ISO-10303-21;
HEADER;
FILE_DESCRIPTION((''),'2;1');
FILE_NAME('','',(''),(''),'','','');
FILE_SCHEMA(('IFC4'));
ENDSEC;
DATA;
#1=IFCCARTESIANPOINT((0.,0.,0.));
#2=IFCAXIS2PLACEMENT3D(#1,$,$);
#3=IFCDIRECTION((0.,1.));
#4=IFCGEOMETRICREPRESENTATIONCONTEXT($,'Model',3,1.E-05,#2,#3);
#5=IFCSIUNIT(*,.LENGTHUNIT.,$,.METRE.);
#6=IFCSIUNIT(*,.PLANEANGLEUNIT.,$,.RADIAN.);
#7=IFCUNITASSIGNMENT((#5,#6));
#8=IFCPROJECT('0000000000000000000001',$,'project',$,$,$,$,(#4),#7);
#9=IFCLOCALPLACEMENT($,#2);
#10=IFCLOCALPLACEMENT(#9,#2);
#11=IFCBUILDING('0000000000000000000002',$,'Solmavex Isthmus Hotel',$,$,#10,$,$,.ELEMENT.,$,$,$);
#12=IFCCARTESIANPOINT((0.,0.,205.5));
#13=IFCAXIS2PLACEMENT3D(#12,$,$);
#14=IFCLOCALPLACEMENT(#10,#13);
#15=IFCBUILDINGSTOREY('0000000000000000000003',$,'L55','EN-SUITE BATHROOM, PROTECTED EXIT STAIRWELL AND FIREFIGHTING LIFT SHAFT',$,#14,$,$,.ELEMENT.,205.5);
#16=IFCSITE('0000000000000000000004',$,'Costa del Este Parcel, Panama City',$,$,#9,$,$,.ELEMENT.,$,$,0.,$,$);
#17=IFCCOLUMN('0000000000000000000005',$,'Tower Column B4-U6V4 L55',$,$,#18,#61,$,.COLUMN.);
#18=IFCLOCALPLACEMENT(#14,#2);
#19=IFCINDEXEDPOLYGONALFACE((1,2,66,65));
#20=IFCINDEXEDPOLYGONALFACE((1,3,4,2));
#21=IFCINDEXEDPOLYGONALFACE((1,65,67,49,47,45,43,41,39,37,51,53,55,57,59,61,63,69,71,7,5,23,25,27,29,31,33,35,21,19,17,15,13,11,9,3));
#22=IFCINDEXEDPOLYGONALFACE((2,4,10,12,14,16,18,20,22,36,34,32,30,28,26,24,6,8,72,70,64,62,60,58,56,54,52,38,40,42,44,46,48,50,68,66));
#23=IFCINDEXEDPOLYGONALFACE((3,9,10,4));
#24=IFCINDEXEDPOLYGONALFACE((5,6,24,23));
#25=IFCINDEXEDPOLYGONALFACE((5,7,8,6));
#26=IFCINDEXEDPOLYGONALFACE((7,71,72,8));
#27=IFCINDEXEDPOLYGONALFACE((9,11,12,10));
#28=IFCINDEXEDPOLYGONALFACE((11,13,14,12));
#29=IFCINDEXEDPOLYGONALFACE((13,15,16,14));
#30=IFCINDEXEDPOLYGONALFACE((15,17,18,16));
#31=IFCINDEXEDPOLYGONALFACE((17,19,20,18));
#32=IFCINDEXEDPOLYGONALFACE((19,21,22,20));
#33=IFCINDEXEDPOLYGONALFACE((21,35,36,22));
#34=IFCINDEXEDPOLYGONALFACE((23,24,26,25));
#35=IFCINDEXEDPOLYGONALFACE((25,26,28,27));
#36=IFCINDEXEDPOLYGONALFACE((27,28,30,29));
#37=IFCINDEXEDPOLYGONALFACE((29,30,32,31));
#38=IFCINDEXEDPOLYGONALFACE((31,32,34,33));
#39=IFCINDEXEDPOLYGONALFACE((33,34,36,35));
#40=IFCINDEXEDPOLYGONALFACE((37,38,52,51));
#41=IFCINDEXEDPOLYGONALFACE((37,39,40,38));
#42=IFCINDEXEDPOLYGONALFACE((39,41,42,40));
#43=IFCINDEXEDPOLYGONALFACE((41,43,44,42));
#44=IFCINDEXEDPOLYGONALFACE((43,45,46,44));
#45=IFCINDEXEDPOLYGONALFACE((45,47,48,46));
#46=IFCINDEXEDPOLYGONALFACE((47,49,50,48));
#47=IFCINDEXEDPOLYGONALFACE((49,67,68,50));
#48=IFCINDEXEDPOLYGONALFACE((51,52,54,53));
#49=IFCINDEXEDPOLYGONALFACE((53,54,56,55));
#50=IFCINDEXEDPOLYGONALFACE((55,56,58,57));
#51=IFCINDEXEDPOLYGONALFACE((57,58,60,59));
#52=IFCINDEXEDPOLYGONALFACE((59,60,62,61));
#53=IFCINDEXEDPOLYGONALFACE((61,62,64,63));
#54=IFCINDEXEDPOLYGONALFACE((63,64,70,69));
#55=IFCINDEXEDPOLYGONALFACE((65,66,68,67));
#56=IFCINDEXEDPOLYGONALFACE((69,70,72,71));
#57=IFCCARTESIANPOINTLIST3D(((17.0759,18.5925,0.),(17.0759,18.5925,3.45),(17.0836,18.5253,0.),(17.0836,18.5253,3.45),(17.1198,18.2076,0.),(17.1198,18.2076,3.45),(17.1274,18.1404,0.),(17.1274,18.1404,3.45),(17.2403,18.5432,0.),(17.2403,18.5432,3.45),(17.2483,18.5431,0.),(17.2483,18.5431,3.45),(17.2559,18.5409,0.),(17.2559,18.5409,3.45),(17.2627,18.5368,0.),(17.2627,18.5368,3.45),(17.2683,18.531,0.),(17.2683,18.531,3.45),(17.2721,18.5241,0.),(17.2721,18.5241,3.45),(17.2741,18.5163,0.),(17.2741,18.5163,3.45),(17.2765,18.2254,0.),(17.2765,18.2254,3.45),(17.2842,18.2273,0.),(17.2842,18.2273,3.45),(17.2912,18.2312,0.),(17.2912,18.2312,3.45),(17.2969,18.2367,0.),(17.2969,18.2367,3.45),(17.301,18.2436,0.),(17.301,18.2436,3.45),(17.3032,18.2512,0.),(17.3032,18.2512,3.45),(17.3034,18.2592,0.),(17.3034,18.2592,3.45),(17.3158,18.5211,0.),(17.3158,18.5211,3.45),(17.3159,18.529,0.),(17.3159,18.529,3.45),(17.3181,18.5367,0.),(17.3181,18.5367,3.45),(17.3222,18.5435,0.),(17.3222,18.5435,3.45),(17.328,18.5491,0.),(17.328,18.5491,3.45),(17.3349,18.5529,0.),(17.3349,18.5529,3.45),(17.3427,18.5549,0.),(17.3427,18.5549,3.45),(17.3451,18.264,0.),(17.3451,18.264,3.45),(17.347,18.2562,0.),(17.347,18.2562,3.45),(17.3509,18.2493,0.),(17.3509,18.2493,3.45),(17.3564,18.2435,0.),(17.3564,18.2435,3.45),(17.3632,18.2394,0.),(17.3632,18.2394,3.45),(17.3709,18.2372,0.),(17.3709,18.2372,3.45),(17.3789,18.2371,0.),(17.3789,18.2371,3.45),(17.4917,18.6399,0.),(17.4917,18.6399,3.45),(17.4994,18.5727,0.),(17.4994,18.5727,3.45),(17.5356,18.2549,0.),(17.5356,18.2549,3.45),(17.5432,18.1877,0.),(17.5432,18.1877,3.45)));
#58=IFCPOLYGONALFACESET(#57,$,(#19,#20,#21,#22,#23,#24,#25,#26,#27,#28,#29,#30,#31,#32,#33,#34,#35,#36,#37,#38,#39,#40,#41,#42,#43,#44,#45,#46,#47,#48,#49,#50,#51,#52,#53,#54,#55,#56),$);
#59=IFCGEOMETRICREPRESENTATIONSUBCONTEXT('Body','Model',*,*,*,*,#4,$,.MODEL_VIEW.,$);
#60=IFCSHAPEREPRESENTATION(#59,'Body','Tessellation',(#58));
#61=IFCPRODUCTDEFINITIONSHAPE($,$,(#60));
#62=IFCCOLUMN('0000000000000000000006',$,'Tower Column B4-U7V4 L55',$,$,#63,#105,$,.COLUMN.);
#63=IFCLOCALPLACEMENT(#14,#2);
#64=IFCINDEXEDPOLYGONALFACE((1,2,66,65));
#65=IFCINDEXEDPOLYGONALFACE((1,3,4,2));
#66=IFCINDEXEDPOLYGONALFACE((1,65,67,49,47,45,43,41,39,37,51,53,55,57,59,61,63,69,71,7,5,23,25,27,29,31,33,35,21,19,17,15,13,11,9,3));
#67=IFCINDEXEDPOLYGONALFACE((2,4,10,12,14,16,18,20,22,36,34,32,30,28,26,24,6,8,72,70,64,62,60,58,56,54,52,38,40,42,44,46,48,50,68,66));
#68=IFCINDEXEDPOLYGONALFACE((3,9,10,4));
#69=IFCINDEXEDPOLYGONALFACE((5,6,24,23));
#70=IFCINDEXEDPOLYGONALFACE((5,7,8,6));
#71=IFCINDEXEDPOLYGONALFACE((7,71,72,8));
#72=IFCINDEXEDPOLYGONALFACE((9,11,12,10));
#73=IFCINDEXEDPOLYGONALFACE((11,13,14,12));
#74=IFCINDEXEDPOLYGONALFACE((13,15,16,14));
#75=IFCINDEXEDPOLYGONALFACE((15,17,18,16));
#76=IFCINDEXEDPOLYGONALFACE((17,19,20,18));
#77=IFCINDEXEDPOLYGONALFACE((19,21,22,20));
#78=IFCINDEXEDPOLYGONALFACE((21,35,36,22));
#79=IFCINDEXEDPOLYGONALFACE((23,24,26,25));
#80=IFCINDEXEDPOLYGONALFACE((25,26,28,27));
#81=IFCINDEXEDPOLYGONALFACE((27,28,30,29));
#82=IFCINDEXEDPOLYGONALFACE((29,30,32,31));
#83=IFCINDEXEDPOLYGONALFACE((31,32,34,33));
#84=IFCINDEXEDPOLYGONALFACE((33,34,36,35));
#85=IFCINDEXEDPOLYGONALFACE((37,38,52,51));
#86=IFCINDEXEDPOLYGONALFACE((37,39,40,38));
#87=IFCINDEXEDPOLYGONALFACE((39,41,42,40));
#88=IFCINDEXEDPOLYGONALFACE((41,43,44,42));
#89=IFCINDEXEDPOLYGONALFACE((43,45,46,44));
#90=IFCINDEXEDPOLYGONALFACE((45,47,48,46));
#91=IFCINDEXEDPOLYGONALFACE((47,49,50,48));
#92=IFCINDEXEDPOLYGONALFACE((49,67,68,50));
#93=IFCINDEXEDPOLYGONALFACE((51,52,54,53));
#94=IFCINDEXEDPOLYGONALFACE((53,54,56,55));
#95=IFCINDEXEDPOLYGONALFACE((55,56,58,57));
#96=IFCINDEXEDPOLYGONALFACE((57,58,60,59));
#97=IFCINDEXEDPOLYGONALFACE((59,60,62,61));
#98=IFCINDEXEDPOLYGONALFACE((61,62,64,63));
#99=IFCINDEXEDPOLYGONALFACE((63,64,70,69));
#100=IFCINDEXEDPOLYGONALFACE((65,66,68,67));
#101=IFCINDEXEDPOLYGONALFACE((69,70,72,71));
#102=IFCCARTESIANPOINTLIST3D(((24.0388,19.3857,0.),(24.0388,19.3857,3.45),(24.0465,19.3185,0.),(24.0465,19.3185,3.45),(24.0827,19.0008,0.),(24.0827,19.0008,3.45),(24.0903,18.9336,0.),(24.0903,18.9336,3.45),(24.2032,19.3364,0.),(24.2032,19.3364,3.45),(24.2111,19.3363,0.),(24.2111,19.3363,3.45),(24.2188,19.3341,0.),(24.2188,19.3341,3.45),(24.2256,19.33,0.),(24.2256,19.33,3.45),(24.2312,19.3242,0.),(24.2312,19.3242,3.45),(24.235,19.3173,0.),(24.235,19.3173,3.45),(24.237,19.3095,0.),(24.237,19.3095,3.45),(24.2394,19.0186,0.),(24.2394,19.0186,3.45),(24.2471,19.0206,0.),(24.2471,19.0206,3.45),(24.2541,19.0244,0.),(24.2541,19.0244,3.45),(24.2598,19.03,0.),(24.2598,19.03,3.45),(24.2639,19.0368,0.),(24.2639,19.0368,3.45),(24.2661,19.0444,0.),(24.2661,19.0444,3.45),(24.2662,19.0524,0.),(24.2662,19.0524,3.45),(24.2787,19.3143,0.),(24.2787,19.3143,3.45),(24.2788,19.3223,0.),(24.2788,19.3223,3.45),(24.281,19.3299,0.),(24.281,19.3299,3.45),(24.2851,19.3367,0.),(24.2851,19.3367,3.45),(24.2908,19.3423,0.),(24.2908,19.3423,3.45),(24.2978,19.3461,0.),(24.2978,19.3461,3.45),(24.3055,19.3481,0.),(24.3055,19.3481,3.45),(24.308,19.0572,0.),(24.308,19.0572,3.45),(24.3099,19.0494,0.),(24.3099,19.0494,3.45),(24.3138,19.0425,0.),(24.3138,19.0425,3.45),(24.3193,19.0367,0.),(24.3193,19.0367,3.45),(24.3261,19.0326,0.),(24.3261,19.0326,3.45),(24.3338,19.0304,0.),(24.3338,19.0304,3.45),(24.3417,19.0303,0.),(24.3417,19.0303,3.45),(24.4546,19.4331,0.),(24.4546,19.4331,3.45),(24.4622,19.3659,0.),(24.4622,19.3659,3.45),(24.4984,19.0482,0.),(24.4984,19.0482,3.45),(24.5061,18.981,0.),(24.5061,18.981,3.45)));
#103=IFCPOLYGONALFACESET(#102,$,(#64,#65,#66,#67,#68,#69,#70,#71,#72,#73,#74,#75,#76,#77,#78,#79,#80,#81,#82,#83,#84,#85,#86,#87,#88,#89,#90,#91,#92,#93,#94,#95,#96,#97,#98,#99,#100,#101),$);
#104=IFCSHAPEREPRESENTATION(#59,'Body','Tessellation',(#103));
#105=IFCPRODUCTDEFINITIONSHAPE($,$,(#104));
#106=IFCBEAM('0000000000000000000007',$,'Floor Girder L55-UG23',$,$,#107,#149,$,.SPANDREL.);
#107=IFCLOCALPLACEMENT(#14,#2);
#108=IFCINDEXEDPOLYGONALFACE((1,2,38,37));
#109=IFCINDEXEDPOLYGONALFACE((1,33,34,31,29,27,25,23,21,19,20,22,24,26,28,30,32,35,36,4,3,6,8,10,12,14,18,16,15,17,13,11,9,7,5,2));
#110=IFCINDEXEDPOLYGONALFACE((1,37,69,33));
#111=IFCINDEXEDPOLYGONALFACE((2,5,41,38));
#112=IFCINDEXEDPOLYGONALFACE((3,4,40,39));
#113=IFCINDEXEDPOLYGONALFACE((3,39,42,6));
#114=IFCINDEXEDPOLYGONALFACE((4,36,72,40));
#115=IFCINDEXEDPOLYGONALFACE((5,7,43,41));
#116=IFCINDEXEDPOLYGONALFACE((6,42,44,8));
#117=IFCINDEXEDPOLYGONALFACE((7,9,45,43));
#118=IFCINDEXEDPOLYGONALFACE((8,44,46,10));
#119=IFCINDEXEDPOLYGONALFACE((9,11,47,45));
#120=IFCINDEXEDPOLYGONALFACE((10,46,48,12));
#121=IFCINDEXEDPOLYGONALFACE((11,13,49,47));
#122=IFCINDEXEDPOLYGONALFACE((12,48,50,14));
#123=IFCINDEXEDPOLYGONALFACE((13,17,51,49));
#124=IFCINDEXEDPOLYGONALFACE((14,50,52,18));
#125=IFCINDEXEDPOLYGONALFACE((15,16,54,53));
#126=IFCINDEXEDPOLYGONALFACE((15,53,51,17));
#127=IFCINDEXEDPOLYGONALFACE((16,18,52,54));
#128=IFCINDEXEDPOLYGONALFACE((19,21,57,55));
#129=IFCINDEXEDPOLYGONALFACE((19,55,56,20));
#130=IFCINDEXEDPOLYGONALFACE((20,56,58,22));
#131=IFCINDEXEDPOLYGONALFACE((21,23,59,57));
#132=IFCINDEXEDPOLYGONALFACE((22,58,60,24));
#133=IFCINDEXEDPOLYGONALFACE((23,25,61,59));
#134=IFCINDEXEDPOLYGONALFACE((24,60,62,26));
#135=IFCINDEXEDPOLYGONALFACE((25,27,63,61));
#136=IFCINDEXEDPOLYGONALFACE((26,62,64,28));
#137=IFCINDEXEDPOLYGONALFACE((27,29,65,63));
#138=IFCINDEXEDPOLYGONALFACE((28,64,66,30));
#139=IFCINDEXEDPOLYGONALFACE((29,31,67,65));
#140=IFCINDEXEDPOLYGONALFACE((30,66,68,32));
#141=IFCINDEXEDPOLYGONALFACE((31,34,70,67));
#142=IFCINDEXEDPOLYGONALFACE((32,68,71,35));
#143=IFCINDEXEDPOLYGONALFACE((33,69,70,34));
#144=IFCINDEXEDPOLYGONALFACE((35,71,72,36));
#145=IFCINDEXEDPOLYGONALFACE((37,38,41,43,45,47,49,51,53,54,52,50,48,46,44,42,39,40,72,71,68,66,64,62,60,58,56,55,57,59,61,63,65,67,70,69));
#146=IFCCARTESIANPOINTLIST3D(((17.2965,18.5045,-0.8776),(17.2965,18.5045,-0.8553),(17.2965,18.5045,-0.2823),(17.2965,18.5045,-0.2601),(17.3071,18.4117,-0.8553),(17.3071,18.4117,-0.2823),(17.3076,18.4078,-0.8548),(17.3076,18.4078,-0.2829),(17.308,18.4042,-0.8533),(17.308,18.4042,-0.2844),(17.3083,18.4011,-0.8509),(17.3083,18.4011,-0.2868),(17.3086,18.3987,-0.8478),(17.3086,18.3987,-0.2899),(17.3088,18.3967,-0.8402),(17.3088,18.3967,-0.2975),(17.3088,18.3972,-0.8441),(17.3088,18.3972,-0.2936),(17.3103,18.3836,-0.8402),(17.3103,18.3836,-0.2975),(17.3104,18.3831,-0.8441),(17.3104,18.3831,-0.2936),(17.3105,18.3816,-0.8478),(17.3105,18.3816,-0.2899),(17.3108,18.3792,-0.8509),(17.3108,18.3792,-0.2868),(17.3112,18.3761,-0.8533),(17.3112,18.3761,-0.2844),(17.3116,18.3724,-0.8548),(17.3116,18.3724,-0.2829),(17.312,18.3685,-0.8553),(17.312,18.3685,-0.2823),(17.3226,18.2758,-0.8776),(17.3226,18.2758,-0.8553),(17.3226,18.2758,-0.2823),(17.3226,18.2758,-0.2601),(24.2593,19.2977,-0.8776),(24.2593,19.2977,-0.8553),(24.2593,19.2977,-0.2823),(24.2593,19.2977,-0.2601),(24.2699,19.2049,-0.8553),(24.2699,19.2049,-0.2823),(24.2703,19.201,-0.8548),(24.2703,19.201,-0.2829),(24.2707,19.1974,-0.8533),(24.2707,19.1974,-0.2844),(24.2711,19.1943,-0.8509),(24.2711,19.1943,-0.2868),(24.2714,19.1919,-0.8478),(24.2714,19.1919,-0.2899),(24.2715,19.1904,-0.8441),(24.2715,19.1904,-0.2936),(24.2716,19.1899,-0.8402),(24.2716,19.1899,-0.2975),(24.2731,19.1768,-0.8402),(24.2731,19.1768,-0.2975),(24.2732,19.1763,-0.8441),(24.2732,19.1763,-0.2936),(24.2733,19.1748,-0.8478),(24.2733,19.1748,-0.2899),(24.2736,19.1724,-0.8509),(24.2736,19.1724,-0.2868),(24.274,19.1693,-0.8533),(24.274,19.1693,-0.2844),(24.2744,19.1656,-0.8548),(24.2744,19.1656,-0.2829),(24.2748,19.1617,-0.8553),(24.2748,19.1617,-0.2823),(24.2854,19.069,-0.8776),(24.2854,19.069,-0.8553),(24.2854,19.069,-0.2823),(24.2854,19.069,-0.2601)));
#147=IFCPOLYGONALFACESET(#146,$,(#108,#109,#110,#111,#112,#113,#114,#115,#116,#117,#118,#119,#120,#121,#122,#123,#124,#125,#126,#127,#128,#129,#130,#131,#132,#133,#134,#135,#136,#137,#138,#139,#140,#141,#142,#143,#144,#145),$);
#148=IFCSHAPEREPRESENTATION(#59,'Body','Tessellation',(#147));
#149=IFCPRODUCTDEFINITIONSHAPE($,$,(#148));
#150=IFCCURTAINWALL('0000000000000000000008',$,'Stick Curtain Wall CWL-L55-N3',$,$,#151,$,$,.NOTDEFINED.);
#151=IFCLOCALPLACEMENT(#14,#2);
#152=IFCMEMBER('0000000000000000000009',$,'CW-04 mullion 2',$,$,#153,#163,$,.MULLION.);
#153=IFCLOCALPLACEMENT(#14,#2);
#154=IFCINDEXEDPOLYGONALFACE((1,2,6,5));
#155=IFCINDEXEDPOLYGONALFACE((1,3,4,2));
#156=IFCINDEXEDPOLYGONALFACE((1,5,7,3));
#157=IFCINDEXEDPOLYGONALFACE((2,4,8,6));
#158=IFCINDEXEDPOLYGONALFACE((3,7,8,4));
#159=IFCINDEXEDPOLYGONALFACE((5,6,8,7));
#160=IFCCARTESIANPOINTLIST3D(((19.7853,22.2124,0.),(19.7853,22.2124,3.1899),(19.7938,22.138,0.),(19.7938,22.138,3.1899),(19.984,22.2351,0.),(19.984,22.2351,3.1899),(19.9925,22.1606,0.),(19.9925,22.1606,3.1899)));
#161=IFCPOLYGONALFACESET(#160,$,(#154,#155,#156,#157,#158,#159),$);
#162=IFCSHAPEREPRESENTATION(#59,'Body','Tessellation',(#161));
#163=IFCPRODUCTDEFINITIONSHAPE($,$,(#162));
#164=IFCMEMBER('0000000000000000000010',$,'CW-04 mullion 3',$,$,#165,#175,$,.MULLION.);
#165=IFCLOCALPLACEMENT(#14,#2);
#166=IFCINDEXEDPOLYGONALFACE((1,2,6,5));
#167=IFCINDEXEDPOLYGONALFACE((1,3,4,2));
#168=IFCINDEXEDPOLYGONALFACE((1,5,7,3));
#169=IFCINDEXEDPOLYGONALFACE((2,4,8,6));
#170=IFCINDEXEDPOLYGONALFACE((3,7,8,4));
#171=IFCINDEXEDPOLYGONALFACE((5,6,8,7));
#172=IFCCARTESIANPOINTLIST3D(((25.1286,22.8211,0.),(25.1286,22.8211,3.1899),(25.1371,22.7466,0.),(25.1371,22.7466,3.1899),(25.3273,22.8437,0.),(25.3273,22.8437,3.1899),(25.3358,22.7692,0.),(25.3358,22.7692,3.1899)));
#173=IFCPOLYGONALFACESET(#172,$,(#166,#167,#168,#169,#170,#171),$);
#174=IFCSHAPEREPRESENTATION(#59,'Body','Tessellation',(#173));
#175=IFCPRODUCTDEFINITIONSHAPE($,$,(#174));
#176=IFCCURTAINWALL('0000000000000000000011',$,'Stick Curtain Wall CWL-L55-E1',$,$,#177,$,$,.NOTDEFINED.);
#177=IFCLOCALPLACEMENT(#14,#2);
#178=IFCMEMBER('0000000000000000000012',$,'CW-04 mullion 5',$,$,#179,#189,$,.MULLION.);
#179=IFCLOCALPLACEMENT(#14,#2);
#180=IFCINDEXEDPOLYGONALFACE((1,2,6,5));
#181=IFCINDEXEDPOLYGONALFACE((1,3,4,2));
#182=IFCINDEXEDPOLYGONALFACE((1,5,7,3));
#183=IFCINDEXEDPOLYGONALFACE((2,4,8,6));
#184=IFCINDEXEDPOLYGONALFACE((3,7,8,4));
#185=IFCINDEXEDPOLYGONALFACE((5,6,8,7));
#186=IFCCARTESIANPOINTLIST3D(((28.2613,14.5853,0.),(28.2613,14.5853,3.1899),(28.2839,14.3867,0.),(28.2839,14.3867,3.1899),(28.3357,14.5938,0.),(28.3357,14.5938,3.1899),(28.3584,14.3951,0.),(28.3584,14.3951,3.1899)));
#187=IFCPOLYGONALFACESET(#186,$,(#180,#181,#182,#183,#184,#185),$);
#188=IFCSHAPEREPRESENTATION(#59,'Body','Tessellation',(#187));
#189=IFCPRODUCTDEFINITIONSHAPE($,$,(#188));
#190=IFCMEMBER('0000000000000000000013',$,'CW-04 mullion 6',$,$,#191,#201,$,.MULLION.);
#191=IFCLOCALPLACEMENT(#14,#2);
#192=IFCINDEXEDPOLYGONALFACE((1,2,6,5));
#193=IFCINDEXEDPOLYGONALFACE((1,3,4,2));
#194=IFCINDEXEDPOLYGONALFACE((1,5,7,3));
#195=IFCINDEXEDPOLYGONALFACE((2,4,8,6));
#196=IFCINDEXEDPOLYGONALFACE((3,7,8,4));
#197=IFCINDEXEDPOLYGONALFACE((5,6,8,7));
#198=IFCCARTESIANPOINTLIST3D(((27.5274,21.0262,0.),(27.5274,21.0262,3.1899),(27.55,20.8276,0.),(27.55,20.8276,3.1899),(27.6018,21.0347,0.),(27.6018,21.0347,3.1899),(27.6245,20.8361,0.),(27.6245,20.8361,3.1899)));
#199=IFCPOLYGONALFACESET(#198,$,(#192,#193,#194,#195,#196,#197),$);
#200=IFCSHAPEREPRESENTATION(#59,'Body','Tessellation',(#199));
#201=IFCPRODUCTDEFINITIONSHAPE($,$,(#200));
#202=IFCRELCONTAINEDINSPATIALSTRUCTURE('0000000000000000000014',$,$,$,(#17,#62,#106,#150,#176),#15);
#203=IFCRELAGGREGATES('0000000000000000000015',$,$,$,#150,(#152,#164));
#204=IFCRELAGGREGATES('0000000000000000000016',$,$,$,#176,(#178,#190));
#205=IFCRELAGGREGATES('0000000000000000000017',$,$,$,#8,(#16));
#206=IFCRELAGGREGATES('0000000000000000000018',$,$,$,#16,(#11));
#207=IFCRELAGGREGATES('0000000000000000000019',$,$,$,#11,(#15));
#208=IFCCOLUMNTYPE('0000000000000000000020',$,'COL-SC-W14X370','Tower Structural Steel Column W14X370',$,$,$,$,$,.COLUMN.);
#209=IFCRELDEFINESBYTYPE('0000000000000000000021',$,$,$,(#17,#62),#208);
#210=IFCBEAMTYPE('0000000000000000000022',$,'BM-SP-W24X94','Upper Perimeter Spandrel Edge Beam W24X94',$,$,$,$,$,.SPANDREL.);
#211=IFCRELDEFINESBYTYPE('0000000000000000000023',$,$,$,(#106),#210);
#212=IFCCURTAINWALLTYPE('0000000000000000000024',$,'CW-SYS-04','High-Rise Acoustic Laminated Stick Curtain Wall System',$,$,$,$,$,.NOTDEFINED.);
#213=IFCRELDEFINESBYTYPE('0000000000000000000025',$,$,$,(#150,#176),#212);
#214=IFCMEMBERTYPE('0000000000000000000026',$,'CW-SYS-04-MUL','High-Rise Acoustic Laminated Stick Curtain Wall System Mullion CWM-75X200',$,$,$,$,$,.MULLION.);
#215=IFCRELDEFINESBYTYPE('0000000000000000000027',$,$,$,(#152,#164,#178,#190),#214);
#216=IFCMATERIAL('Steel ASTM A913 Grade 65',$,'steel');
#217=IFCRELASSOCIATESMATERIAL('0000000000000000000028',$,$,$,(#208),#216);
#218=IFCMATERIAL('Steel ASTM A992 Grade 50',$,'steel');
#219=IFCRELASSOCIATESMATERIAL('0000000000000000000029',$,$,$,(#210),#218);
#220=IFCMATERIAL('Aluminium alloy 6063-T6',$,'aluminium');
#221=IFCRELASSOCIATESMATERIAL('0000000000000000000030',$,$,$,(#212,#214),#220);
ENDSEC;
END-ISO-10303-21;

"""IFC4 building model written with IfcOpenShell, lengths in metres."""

from ifc_helpers import new_model, si_unit, direction, frame, origin, origin_2d, place, context, subcontext, project, spatial, rectangle, i_section, extrude, material, material_profile, profile_set, type_object, element, aggregate, save


model = new_model("IFC4")

# Units and contexts
model_context = context("Model", 3, precision=1e-05, world=origin(), true_north=direction((0.0, 1.0)))
body_context = subcontext(model_context, "Body", "Model", "MODEL_VIEW")
ifc_project = project(units=[si_unit("LENGTHUNIT", "METRE"), si_unit("PLANEANGLEUNIT", "RADIAN")], contexts=[model_context])

# Site, building, storey
site_placement = place(None, origin())
site = spatial("IfcSite", under=ifc_project, at=site_placement, Name="Costa del Este Parcel, Panama City", CompositionType="ELEMENT", RefElevation=0.0)
building_placement = place(site_placement, origin())
building = spatial("IfcBuilding", under=site, at=building_placement, Name="Solmavex Isthmus Hotel", CompositionType="ELEMENT")
storey_placement = place(building_placement, frame((0.0, 0.0, 205.5)))
storey = spatial("IfcBuildingStorey", under=building, at=storey_placement, Name="L55", Description="EN-SUITE BATHROOM, PROTECTED EXIT STAIRWELL AND FIREFIGHTING LIFT SHAFT", CompositionType="ELEMENT", Elevation=205.5)

# Columns
ifc_material_1 = material(Name="Steel ASTM A913 Grade 65", Category="steel")
ifc_material_profile_1 = material_profile(ifc_material_1, i_section(OverallWidth=0.4185, OverallDepth=0.4551, WebThickness=0.042, FlangeThickness=0.0676, FilletRadius=0.0305, at=origin_2d()), Name="W14X370")
ifc_profile_set_1 = profile_set([ifc_material_profile_1], Name="Steel ASTM A913 Grade 65")
column_type = type_object("IfcColumnType", Name="COL-SC-W14X370", Description="Tower Structural Steel Column W14X370", PredefinedType="COLUMN", material=ifc_profile_set_1)
for number, where, z_axis, x_axis, name in (
    (1, (17.3096, 18.3901, 0.0), (0.0, 0.0, 1.0), (0.993572, 0.113203, 0.0), "Tower Column B4-U6V4 L55"),
    (2, (24.2725, 19.1833, 0.0), (0.0, 0.0, 1.0), (0.993572, 0.113203, 0.0), "Tower Column B4-U7V4 L55"),
):
    element("IfcColumn", number, at=place(storey_placement, frame(where, z_axis=z_axis, x_axis=x_axis)), inside=storey, type_object=column_type, Name=name, PredefinedType="COLUMN", context=body_context, shape_type="SweptSolid", body=[
        extrude(i_section(OverallWidth=0.4185, OverallDepth=0.4551, WebThickness=0.042, FlangeThickness=0.0676, FilletRadius=0.0305, at=origin_2d()), origin(), (0.0, 0.0, 1.0), 3.45),
    ])

# Beam
ifc_material_2 = material(Name="Steel ASTM A992 Grade 50", Category="steel")
ifc_material_profile_2 = material_profile(ifc_material_2, i_section(OverallWidth=0.2302, OverallDepth=0.6174, WebThickness=0.0132, FlangeThickness=0.0222, FilletRadius=0.0151, at=origin_2d()), Name="W24X94")
ifc_profile_set_2 = profile_set([ifc_material_profile_2], Name="Steel ASTM A992 Grade 50")
beam_type = type_object("IfcBeamType", Name="BM-SP-W24X94", Description="Upper Perimeter Spandrel Edge Beam W24X94", PredefinedType="SPANDREL", material=ifc_profile_set_2)
beam_placement = place(storey_placement, frame((17.3096, 18.3901, -0.5688), z_axis=(0.993574, 0.113188, 0.0), x_axis=(-0.113188, 0.993574, 0.0)))
element("IfcBeam", 3, at=beam_placement, inside=storey, type_object=beam_type, Name="Floor Girder L55-UG23", PredefinedType="SPANDREL", context=body_context, shape_type="SweptSolid", body=[
    extrude(i_section(OverallWidth=0.2302, OverallDepth=0.6174, WebThickness=0.0132, FlangeThickness=0.0222, FilletRadius=0.0151, at=origin_2d()), origin(), (0.0, 0.0, 1.0), 7.0078),
])

# Curtain walls, members
ifc_material_3 = material(Name="Aluminium alloy 6063-T6", Category="aluminium")
curtain_wall_type = type_object("IfcCurtainWallType", Name="CW-SYS-04", Description="High-Rise Acoustic Laminated Stick Curtain Wall System", PredefinedType="NOTDEFINED", material=ifc_material_3)
curtain_wall_1_placement = place(storey_placement, origin())
curtain_wall_1 = element("IfcCurtainWall", 4, at=curtain_wall_1_placement, inside=storey, type_object=curtain_wall_type, Name="Stick Curtain Wall CWL-L55-N3", PredefinedType="NOTDEFINED")
ifc_material_profile_3 = material_profile(ifc_material_3, rectangle(XDim=0.075, YDim=0.2, at=origin_2d()), Name="CWM-75X200")
ifc_profile_set_3 = profile_set([ifc_material_profile_3], Name="Aluminium alloy 6063-T6")
member_type_1 = type_object("IfcMemberType", Name="CW-SYS-04-MUL", Description="High-Rise Acoustic Laminated Stick Curtain Wall System Mullion CWM-75X200", PredefinedType="MULLION", material=ifc_profile_set_3)
member_1_placement = place(storey_placement, frame((19.8889, 22.1865, 0.0), z_axis=(0.0, 0.0, 1.0), x_axis=(-0.113204, 0.993572, 0.0)))
member_1 = element("IfcMember", 5, at=member_1_placement, type_object=member_type_1, Name="CW-04 mullion 2", PredefinedType="MULLION", context=body_context, shape_type="SweptSolid", body=[
    extrude(rectangle(XDim=0.075, YDim=0.2, at=origin_2d()), origin(), (0.0, 0.0, 1.0), 3.1899),
])
member_2_placement = place(storey_placement, frame((25.2322, 22.7952, 0.0), z_axis=(0.0, 0.0, 1.0), x_axis=(-0.113204, 0.993572, 0.0)))
member_2 = element("IfcMember", 6, at=member_2_placement, type_object=member_type_1, Name="CW-04 mullion 3", PredefinedType="MULLION", context=body_context, shape_type="SweptSolid", body=[
    extrude(rectangle(XDim=0.075, YDim=0.2, at=origin_2d()), origin(), (0.0, 0.0, 1.0), 3.1899),
])
curtain_wall_2_placement = place(storey_placement, origin())
curtain_wall_2 = element("IfcCurtainWall", 7, at=curtain_wall_2_placement, inside=storey, type_object=curtain_wall_type, Name="Stick Curtain Wall CWL-L55-E1", PredefinedType="NOTDEFINED")
member_3_placement = place(storey_placement, frame((28.3098, 14.4902, 0.0), z_axis=(0.0, 0.0, 1.0), x_axis=(-0.993572, -0.113203, 0.0)))
member_3 = element("IfcMember", 8, at=member_3_placement, type_object=member_type_1, Name="CW-04 mullion 5", PredefinedType="MULLION", context=body_context, shape_type="SweptSolid", body=[
    extrude(rectangle(XDim=0.075, YDim=0.2, at=origin_2d()), origin(), (0.0, 0.0, 1.0), 3.1899),
])
member_4_placement = place(storey_placement, frame((27.5759, 20.9312, 0.0), z_axis=(0.0, 0.0, 1.0), x_axis=(-0.993572, -0.113203, 0.0)))
member_4 = element("IfcMember", 9, at=member_4_placement, type_object=member_type_1, Name="CW-04 mullion 6", PredefinedType="MULLION", context=body_context, shape_type="SweptSolid", body=[
    extrude(rectangle(XDim=0.075, YDim=0.2, at=origin_2d()), origin(), (0.0, 0.0, 1.0), 3.1899),
])

aggregate(curtain_wall_1, [member_1, member_2])
aggregate(curtain_wall_2, [member_3, member_4])

save(model, "model.ifc")
